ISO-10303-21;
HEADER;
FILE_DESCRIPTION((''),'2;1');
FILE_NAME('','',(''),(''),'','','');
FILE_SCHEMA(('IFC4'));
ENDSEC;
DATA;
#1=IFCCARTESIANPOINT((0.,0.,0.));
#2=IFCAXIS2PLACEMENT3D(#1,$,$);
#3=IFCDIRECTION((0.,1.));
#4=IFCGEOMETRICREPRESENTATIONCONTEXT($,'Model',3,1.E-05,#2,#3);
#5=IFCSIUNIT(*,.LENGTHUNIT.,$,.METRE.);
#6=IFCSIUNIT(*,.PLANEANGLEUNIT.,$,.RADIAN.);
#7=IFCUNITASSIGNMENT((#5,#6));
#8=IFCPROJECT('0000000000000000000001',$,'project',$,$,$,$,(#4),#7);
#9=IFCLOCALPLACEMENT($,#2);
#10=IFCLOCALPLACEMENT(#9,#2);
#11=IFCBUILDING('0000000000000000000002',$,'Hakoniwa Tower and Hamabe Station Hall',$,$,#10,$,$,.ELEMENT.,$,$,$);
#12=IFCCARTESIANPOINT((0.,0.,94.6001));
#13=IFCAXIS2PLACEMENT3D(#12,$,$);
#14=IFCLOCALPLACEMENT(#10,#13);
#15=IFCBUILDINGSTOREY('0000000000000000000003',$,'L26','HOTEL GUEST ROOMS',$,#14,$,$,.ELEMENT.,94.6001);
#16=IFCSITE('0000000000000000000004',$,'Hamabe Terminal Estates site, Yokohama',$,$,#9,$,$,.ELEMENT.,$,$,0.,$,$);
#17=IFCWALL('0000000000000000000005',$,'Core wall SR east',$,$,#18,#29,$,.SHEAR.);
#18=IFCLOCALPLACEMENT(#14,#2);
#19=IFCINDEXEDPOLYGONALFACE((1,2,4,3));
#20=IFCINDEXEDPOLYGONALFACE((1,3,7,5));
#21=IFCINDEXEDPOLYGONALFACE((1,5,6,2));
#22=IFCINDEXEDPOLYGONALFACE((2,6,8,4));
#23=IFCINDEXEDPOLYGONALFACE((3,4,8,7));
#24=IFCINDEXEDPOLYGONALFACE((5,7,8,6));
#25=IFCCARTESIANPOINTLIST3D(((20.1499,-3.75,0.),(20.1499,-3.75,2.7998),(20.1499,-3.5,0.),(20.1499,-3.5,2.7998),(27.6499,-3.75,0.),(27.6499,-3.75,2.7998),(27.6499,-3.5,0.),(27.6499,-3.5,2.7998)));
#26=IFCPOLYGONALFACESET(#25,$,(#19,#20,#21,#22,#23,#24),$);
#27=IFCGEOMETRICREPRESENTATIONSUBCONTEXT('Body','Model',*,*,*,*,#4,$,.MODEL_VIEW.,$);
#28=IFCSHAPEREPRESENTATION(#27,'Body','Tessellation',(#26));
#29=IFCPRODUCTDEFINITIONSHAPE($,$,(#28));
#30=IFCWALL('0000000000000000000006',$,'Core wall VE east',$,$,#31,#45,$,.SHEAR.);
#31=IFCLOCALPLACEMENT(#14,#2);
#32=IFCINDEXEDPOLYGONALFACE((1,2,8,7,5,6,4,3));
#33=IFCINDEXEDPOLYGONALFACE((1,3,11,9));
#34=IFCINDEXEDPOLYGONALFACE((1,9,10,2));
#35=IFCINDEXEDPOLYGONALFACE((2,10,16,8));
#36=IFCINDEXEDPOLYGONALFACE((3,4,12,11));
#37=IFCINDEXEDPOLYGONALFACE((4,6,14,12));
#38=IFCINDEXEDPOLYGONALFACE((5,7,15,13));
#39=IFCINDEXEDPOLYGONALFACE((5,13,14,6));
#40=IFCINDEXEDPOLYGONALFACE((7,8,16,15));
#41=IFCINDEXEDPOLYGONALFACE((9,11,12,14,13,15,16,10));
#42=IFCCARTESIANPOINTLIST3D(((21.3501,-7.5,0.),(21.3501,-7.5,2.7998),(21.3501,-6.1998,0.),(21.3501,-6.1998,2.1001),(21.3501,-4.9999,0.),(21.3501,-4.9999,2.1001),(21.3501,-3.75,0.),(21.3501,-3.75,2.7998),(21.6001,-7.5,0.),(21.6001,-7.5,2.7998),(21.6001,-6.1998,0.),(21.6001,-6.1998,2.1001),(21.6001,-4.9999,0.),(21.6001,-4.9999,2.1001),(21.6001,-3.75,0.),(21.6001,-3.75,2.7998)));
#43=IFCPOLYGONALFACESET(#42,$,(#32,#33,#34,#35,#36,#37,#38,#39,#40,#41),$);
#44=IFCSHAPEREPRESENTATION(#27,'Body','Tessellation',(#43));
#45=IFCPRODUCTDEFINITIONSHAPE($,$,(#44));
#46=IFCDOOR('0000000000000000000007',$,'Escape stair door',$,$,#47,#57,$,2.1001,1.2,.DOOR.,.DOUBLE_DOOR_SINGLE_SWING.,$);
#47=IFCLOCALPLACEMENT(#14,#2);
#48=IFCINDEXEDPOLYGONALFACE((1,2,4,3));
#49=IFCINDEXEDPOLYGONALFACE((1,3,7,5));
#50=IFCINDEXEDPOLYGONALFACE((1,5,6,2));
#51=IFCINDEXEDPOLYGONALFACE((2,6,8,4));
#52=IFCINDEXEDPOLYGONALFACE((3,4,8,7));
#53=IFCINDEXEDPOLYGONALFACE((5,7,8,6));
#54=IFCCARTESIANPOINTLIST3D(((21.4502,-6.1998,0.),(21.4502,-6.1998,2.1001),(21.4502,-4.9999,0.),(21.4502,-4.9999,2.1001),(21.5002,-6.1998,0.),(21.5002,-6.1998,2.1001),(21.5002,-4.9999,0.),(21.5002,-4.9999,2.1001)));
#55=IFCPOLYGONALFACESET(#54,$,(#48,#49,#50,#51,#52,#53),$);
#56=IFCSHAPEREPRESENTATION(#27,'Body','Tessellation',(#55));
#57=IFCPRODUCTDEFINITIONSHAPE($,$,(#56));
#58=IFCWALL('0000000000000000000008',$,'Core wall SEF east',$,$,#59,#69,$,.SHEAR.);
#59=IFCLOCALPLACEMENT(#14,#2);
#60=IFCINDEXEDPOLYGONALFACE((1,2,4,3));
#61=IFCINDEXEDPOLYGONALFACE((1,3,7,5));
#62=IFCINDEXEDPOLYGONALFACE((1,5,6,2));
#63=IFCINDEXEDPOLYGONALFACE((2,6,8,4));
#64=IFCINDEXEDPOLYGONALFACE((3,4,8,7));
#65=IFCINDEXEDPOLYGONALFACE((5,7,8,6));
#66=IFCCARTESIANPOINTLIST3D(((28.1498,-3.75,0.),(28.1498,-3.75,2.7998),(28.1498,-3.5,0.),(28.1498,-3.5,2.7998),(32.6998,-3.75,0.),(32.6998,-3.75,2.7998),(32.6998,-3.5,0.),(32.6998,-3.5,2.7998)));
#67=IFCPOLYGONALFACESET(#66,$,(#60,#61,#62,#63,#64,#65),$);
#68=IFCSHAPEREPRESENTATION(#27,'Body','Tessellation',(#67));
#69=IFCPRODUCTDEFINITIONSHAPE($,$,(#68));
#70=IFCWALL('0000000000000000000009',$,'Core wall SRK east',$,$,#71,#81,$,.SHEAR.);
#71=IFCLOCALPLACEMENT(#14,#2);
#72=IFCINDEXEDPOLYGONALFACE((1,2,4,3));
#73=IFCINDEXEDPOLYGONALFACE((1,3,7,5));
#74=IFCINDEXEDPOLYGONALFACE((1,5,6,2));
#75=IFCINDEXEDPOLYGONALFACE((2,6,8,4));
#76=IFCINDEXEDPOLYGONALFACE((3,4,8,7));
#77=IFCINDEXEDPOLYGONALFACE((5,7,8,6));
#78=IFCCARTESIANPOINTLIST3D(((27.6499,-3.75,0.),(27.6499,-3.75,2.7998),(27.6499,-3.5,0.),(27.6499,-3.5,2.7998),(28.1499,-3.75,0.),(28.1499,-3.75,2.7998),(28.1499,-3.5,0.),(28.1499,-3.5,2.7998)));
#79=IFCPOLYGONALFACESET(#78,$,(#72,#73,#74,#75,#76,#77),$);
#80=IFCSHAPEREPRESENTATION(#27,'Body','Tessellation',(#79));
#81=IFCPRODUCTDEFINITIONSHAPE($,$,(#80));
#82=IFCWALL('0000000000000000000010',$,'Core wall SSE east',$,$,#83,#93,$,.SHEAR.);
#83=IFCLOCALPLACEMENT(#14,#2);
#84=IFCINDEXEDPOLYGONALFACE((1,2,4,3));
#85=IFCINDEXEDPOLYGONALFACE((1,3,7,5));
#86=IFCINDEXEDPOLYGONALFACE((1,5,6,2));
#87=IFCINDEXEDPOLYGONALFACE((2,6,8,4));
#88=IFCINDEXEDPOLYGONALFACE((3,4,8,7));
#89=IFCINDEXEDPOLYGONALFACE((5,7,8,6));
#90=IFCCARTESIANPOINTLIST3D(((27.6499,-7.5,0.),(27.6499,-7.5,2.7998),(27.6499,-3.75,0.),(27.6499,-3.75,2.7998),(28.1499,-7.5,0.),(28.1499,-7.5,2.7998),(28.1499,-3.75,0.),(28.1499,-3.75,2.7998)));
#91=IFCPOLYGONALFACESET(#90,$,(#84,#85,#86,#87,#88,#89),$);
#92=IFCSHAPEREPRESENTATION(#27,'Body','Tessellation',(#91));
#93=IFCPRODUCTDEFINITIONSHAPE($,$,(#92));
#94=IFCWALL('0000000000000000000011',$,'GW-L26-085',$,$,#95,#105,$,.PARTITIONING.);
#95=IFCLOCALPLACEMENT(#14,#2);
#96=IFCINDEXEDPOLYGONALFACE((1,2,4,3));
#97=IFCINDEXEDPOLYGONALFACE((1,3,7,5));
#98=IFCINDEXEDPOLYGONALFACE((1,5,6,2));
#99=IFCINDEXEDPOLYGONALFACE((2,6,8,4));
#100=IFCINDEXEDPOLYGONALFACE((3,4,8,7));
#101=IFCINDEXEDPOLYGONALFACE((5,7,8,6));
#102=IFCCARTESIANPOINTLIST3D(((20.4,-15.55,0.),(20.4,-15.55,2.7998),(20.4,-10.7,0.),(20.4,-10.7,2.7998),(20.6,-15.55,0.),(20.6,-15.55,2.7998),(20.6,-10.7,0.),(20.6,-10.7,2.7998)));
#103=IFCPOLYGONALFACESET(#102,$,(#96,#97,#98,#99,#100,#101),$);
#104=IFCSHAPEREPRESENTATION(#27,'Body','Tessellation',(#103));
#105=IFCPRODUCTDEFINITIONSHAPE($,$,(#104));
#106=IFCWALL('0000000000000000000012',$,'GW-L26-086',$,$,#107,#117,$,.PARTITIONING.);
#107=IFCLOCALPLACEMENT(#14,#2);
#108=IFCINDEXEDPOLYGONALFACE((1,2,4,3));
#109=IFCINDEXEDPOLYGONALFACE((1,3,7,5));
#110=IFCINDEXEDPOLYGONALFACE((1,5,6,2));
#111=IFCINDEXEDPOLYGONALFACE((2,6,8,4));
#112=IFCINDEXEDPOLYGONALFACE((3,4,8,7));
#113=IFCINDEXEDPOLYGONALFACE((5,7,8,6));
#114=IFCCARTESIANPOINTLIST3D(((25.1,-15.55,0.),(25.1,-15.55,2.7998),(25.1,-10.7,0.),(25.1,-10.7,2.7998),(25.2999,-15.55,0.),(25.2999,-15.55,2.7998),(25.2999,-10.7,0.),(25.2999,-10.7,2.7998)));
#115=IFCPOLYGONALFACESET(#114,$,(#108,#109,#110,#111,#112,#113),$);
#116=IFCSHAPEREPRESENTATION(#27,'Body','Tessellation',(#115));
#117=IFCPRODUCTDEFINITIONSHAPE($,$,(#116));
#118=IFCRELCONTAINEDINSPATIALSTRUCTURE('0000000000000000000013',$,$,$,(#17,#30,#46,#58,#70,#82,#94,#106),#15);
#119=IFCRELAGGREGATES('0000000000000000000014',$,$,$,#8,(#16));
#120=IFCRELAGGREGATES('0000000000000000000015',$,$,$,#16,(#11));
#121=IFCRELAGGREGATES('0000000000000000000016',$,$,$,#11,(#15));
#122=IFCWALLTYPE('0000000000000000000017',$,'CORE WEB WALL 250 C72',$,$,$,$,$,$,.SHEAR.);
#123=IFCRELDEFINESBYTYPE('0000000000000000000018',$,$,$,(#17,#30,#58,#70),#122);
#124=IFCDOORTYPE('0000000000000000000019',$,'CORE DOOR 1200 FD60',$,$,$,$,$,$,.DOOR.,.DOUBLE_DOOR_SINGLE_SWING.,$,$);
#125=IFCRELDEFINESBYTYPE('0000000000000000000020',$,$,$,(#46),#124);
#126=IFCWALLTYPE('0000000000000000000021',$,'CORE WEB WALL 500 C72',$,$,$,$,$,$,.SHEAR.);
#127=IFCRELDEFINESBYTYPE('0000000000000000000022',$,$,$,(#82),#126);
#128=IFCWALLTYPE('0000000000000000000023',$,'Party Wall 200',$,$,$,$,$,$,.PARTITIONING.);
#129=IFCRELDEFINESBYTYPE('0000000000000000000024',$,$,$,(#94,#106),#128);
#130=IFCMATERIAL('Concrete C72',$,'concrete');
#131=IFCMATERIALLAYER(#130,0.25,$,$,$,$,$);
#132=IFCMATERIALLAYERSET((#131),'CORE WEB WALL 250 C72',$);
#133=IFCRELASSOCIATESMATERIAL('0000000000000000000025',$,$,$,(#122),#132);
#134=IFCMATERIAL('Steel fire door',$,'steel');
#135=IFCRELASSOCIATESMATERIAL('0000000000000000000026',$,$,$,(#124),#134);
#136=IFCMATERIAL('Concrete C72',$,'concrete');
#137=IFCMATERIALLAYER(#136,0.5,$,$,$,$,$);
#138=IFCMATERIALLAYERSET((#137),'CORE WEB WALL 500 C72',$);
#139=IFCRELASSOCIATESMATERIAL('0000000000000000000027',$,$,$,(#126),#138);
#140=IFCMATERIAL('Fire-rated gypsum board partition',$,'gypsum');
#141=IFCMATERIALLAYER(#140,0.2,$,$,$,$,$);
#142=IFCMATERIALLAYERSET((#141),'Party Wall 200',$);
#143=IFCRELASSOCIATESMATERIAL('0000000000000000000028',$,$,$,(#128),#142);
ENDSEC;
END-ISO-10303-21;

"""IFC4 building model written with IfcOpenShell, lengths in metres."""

from ifc_helpers import new_model, si_unit, direction, frame, frame_2d, origin, place, context, subcontext, project, spatial, rectangle, extrude, material, layer, layer_set, type_object, element, fill, save


model = new_model("IFC4")

# Units and contexts
model_context = context("Model", 3, precision=1e-05, world=origin(), true_north=direction((0.0, 1.0)))
body_context = subcontext(model_context, "Body", "Model", "MODEL_VIEW")
ifc_project = project(units=[si_unit("LENGTHUNIT", "METRE"), si_unit("PLANEANGLEUNIT", "RADIAN")], contexts=[model_context])

# Site, building, storey
site_placement = place(None, origin())
site = spatial("IfcSite", under=ifc_project, at=site_placement, Name="Hamabe Terminal Estates site, Yokohama", CompositionType="ELEMENT", RefElevation=0.0)
building_placement = place(site_placement, origin())
building = spatial("IfcBuilding", under=site, at=building_placement, Name="Hakoniwa Tower and Hamabe Station Hall", CompositionType="ELEMENT")
storey_placement = place(building_placement, frame((0.0, 0.0, 94.6001)))
storey = spatial("IfcBuildingStorey", under=building, at=storey_placement, Name="L26", Description="HOTEL GUEST ROOMS", CompositionType="ELEMENT", Elevation=94.6001)

# Shared definitions
ifc_material_1 = material(Name="Concrete C72", Category="concrete")
ifc_layer_1 = layer(ifc_material_1, 0.25)
ifc_layer_set_1 = layer_set([ifc_layer_1], Name="CORE WEB WALL 250 C72")
wall_type_1 = type_object("IfcWallType", Name="CORE WEB WALL 250 C72", PredefinedType="SHEAR", material=ifc_layer_set_1)

# Wall
wall_1_placement = place(storey_placement, frame((20.1499, -3.625, 0.0), z_axis=(0.0, 0.0, 1.0), x_axis=(1.0, 0.0, 0.0)))
element("IfcWall", 1, at=wall_1_placement, inside=storey, type_object=wall_type_1, Name="Core wall SR east", PredefinedType="SHEAR", context=body_context, shape_type="SweptSolid", body=[
    extrude(rectangle(XDim=7.5, YDim=0.25, at=frame_2d((3.75, 0.0))), origin(), (0.0, 0.0, 1.0), 2.7998),
])

# Wall, opening, door
wall_2_placement = place(storey_placement, frame((21.4751, -7.5, 0.0), z_axis=(0.0, 0.0, 1.0), x_axis=(0.0, 1.0, 0.0)))
wall_2 = element("IfcWall", 2, at=wall_2_placement, inside=storey, type_object=wall_type_1, Name="Core wall VE east", PredefinedType="SHEAR", context=body_context, shape_type="SweptSolid", body=[
    extrude(rectangle(XDim=3.75, YDim=0.25, at=frame_2d((1.875, 0.0))), origin(), (0.0, 0.0, 1.0), 2.7998),
])
opening_1_placement = place(wall_2_placement, frame((1.3, 0.0, 0.0)))
opening_1 = element("IfcOpeningElement", 3, at=opening_1_placement, cuts=wall_2, PredefinedType="OPENING", context=body_context, shape_type="SweptSolid", body=[
    extrude(rectangle(XDim=1.2, YDim=2.1001, at=frame_2d((0.6001, 1.05))), frame((0.0, 0.135, 0.0), z_axis=(0.0, -1.0, 0.0), x_axis=(1.0, 0.0, 0.0)), (0.0, 0.0, 1.0), 0.27),
])
ifc_material_2 = material(Name="Steel fire door", Category="steel")
door_type_1 = type_object("IfcDoorType", Name="CORE DOOR 1200 FD60", OperationType="DOUBLE_DOOR_SINGLE_SWING", PredefinedType="DOOR", material=ifc_material_2)
door_1_placement = place(opening_1_placement, origin())
door_1 = element("IfcDoor", 4, at=door_1_placement, inside=storey, type_object=door_type_1, Name="Escape stair door", OperationType="DOUBLE_DOOR_SINGLE_SWING", OverallHeight=2.1001, OverallWidth=1.2, PredefinedType="DOOR", context=body_context, shape_type="SweptSolid", body=[
    extrude(rectangle(XDim=1.2, YDim=2.1001, at=frame_2d((0.6001, 1.05))), frame((0.0, 0.0249, 0.0), z_axis=(0.0, -1.0, 0.0), x_axis=(1.0, 0.0, 0.0)), (0.0, 0.0, 1.0), 0.05),
])
fill(opening_1, door_1)

# Walls
wall_3_placement = place(storey_placement, frame((28.1499, -3.625, 0.0), z_axis=(0.0, 0.0, 1.0), x_axis=(1.0, 0.0, 0.0)))
element("IfcWall", 5, at=wall_3_placement, inside=storey, type_object=wall_type_1, Name="Core wall SEF east", PredefinedType="SHEAR", context=body_context, shape_type="SweptSolid", body=[
    extrude(rectangle(XDim=4.55, YDim=0.25, at=frame_2d((2.2749, 0.0))), origin(), (0.0, 0.0, 1.0), 2.7998),
])
wall_4_placement = place(storey_placement, frame((27.6499, -3.625, 0.0), z_axis=(0.0, 0.0, 1.0), x_axis=(1.0, 0.0, 0.0)))
element("IfcWall", 6, at=wall_4_placement, inside=storey, type_object=wall_type_1, Name="Core wall SRK east", PredefinedType="SHEAR", context=body_context, shape_type="SweptSolid", body=[
    extrude(rectangle(XDim=0.5, YDim=0.25, at=frame_2d((0.25, 0.0))), origin(), (0.0, 0.0, 1.0), 2.7998),
])
ifc_material_3 = material(Name="Concrete C72", Category="concrete")
ifc_layer_2 = layer(ifc_material_3, 0.5)
ifc_layer_set_2 = layer_set([ifc_layer_2], Name="CORE WEB WALL 500 C72")
wall_type_2 = type_object("IfcWallType", Name="CORE WEB WALL 500 C72", PredefinedType="SHEAR", material=ifc_layer_set_2)
wall_5_placement = place(storey_placement, frame((27.8999, -7.5, 0.0), z_axis=(0.0, 0.0, 1.0), x_axis=(0.0, 1.0, 0.0)))
element("IfcWall", 7, at=wall_5_placement, inside=storey, type_object=wall_type_2, Name="Core wall SSE east", PredefinedType="SHEAR", context=body_context, shape_type="SweptSolid", body=[
    extrude(rectangle(XDim=3.75, YDim=0.5, at=frame_2d((1.875, 0.0))), origin(), (0.0, 0.0, 1.0), 2.7998),
])
ifc_material_4 = material(Name="Fire-rated gypsum board partition", Category="gypsum")
ifc_layer_3 = layer(ifc_material_4, 0.2)
ifc_layer_set_3 = layer_set([ifc_layer_3], Name="Party Wall 200")
wall_type_3 = type_object("IfcWallType", Name="Party Wall 200", PredefinedType="PARTITIONING", material=ifc_layer_set_3)
for number, where, z_axis, x_axis, name in (
    (8, (20.5, -15.55, 0.0), (0.0, 0.0, 1.0), (0.0, 1.0, 0.0), "GW-L26-085"),
    (9, (25.2, -15.55, 0.0), (0.0, 0.0, 1.0), (0.0, 1.0, 0.0), "GW-L26-086"),
):
    element("IfcWall", number, at=place(storey_placement, frame(where, z_axis=z_axis, x_axis=x_axis)), inside=storey, type_object=wall_type_3, Name=name, PredefinedType="PARTITIONING", context=body_context, shape_type="SweptSolid", body=[
        extrude(rectangle(XDim=4.8501, YDim=0.2, at=frame_2d((2.425, 0.0))), origin(), (0.0, 0.0, 1.0), 2.7998),
    ])

save(model, "model.ifc")
